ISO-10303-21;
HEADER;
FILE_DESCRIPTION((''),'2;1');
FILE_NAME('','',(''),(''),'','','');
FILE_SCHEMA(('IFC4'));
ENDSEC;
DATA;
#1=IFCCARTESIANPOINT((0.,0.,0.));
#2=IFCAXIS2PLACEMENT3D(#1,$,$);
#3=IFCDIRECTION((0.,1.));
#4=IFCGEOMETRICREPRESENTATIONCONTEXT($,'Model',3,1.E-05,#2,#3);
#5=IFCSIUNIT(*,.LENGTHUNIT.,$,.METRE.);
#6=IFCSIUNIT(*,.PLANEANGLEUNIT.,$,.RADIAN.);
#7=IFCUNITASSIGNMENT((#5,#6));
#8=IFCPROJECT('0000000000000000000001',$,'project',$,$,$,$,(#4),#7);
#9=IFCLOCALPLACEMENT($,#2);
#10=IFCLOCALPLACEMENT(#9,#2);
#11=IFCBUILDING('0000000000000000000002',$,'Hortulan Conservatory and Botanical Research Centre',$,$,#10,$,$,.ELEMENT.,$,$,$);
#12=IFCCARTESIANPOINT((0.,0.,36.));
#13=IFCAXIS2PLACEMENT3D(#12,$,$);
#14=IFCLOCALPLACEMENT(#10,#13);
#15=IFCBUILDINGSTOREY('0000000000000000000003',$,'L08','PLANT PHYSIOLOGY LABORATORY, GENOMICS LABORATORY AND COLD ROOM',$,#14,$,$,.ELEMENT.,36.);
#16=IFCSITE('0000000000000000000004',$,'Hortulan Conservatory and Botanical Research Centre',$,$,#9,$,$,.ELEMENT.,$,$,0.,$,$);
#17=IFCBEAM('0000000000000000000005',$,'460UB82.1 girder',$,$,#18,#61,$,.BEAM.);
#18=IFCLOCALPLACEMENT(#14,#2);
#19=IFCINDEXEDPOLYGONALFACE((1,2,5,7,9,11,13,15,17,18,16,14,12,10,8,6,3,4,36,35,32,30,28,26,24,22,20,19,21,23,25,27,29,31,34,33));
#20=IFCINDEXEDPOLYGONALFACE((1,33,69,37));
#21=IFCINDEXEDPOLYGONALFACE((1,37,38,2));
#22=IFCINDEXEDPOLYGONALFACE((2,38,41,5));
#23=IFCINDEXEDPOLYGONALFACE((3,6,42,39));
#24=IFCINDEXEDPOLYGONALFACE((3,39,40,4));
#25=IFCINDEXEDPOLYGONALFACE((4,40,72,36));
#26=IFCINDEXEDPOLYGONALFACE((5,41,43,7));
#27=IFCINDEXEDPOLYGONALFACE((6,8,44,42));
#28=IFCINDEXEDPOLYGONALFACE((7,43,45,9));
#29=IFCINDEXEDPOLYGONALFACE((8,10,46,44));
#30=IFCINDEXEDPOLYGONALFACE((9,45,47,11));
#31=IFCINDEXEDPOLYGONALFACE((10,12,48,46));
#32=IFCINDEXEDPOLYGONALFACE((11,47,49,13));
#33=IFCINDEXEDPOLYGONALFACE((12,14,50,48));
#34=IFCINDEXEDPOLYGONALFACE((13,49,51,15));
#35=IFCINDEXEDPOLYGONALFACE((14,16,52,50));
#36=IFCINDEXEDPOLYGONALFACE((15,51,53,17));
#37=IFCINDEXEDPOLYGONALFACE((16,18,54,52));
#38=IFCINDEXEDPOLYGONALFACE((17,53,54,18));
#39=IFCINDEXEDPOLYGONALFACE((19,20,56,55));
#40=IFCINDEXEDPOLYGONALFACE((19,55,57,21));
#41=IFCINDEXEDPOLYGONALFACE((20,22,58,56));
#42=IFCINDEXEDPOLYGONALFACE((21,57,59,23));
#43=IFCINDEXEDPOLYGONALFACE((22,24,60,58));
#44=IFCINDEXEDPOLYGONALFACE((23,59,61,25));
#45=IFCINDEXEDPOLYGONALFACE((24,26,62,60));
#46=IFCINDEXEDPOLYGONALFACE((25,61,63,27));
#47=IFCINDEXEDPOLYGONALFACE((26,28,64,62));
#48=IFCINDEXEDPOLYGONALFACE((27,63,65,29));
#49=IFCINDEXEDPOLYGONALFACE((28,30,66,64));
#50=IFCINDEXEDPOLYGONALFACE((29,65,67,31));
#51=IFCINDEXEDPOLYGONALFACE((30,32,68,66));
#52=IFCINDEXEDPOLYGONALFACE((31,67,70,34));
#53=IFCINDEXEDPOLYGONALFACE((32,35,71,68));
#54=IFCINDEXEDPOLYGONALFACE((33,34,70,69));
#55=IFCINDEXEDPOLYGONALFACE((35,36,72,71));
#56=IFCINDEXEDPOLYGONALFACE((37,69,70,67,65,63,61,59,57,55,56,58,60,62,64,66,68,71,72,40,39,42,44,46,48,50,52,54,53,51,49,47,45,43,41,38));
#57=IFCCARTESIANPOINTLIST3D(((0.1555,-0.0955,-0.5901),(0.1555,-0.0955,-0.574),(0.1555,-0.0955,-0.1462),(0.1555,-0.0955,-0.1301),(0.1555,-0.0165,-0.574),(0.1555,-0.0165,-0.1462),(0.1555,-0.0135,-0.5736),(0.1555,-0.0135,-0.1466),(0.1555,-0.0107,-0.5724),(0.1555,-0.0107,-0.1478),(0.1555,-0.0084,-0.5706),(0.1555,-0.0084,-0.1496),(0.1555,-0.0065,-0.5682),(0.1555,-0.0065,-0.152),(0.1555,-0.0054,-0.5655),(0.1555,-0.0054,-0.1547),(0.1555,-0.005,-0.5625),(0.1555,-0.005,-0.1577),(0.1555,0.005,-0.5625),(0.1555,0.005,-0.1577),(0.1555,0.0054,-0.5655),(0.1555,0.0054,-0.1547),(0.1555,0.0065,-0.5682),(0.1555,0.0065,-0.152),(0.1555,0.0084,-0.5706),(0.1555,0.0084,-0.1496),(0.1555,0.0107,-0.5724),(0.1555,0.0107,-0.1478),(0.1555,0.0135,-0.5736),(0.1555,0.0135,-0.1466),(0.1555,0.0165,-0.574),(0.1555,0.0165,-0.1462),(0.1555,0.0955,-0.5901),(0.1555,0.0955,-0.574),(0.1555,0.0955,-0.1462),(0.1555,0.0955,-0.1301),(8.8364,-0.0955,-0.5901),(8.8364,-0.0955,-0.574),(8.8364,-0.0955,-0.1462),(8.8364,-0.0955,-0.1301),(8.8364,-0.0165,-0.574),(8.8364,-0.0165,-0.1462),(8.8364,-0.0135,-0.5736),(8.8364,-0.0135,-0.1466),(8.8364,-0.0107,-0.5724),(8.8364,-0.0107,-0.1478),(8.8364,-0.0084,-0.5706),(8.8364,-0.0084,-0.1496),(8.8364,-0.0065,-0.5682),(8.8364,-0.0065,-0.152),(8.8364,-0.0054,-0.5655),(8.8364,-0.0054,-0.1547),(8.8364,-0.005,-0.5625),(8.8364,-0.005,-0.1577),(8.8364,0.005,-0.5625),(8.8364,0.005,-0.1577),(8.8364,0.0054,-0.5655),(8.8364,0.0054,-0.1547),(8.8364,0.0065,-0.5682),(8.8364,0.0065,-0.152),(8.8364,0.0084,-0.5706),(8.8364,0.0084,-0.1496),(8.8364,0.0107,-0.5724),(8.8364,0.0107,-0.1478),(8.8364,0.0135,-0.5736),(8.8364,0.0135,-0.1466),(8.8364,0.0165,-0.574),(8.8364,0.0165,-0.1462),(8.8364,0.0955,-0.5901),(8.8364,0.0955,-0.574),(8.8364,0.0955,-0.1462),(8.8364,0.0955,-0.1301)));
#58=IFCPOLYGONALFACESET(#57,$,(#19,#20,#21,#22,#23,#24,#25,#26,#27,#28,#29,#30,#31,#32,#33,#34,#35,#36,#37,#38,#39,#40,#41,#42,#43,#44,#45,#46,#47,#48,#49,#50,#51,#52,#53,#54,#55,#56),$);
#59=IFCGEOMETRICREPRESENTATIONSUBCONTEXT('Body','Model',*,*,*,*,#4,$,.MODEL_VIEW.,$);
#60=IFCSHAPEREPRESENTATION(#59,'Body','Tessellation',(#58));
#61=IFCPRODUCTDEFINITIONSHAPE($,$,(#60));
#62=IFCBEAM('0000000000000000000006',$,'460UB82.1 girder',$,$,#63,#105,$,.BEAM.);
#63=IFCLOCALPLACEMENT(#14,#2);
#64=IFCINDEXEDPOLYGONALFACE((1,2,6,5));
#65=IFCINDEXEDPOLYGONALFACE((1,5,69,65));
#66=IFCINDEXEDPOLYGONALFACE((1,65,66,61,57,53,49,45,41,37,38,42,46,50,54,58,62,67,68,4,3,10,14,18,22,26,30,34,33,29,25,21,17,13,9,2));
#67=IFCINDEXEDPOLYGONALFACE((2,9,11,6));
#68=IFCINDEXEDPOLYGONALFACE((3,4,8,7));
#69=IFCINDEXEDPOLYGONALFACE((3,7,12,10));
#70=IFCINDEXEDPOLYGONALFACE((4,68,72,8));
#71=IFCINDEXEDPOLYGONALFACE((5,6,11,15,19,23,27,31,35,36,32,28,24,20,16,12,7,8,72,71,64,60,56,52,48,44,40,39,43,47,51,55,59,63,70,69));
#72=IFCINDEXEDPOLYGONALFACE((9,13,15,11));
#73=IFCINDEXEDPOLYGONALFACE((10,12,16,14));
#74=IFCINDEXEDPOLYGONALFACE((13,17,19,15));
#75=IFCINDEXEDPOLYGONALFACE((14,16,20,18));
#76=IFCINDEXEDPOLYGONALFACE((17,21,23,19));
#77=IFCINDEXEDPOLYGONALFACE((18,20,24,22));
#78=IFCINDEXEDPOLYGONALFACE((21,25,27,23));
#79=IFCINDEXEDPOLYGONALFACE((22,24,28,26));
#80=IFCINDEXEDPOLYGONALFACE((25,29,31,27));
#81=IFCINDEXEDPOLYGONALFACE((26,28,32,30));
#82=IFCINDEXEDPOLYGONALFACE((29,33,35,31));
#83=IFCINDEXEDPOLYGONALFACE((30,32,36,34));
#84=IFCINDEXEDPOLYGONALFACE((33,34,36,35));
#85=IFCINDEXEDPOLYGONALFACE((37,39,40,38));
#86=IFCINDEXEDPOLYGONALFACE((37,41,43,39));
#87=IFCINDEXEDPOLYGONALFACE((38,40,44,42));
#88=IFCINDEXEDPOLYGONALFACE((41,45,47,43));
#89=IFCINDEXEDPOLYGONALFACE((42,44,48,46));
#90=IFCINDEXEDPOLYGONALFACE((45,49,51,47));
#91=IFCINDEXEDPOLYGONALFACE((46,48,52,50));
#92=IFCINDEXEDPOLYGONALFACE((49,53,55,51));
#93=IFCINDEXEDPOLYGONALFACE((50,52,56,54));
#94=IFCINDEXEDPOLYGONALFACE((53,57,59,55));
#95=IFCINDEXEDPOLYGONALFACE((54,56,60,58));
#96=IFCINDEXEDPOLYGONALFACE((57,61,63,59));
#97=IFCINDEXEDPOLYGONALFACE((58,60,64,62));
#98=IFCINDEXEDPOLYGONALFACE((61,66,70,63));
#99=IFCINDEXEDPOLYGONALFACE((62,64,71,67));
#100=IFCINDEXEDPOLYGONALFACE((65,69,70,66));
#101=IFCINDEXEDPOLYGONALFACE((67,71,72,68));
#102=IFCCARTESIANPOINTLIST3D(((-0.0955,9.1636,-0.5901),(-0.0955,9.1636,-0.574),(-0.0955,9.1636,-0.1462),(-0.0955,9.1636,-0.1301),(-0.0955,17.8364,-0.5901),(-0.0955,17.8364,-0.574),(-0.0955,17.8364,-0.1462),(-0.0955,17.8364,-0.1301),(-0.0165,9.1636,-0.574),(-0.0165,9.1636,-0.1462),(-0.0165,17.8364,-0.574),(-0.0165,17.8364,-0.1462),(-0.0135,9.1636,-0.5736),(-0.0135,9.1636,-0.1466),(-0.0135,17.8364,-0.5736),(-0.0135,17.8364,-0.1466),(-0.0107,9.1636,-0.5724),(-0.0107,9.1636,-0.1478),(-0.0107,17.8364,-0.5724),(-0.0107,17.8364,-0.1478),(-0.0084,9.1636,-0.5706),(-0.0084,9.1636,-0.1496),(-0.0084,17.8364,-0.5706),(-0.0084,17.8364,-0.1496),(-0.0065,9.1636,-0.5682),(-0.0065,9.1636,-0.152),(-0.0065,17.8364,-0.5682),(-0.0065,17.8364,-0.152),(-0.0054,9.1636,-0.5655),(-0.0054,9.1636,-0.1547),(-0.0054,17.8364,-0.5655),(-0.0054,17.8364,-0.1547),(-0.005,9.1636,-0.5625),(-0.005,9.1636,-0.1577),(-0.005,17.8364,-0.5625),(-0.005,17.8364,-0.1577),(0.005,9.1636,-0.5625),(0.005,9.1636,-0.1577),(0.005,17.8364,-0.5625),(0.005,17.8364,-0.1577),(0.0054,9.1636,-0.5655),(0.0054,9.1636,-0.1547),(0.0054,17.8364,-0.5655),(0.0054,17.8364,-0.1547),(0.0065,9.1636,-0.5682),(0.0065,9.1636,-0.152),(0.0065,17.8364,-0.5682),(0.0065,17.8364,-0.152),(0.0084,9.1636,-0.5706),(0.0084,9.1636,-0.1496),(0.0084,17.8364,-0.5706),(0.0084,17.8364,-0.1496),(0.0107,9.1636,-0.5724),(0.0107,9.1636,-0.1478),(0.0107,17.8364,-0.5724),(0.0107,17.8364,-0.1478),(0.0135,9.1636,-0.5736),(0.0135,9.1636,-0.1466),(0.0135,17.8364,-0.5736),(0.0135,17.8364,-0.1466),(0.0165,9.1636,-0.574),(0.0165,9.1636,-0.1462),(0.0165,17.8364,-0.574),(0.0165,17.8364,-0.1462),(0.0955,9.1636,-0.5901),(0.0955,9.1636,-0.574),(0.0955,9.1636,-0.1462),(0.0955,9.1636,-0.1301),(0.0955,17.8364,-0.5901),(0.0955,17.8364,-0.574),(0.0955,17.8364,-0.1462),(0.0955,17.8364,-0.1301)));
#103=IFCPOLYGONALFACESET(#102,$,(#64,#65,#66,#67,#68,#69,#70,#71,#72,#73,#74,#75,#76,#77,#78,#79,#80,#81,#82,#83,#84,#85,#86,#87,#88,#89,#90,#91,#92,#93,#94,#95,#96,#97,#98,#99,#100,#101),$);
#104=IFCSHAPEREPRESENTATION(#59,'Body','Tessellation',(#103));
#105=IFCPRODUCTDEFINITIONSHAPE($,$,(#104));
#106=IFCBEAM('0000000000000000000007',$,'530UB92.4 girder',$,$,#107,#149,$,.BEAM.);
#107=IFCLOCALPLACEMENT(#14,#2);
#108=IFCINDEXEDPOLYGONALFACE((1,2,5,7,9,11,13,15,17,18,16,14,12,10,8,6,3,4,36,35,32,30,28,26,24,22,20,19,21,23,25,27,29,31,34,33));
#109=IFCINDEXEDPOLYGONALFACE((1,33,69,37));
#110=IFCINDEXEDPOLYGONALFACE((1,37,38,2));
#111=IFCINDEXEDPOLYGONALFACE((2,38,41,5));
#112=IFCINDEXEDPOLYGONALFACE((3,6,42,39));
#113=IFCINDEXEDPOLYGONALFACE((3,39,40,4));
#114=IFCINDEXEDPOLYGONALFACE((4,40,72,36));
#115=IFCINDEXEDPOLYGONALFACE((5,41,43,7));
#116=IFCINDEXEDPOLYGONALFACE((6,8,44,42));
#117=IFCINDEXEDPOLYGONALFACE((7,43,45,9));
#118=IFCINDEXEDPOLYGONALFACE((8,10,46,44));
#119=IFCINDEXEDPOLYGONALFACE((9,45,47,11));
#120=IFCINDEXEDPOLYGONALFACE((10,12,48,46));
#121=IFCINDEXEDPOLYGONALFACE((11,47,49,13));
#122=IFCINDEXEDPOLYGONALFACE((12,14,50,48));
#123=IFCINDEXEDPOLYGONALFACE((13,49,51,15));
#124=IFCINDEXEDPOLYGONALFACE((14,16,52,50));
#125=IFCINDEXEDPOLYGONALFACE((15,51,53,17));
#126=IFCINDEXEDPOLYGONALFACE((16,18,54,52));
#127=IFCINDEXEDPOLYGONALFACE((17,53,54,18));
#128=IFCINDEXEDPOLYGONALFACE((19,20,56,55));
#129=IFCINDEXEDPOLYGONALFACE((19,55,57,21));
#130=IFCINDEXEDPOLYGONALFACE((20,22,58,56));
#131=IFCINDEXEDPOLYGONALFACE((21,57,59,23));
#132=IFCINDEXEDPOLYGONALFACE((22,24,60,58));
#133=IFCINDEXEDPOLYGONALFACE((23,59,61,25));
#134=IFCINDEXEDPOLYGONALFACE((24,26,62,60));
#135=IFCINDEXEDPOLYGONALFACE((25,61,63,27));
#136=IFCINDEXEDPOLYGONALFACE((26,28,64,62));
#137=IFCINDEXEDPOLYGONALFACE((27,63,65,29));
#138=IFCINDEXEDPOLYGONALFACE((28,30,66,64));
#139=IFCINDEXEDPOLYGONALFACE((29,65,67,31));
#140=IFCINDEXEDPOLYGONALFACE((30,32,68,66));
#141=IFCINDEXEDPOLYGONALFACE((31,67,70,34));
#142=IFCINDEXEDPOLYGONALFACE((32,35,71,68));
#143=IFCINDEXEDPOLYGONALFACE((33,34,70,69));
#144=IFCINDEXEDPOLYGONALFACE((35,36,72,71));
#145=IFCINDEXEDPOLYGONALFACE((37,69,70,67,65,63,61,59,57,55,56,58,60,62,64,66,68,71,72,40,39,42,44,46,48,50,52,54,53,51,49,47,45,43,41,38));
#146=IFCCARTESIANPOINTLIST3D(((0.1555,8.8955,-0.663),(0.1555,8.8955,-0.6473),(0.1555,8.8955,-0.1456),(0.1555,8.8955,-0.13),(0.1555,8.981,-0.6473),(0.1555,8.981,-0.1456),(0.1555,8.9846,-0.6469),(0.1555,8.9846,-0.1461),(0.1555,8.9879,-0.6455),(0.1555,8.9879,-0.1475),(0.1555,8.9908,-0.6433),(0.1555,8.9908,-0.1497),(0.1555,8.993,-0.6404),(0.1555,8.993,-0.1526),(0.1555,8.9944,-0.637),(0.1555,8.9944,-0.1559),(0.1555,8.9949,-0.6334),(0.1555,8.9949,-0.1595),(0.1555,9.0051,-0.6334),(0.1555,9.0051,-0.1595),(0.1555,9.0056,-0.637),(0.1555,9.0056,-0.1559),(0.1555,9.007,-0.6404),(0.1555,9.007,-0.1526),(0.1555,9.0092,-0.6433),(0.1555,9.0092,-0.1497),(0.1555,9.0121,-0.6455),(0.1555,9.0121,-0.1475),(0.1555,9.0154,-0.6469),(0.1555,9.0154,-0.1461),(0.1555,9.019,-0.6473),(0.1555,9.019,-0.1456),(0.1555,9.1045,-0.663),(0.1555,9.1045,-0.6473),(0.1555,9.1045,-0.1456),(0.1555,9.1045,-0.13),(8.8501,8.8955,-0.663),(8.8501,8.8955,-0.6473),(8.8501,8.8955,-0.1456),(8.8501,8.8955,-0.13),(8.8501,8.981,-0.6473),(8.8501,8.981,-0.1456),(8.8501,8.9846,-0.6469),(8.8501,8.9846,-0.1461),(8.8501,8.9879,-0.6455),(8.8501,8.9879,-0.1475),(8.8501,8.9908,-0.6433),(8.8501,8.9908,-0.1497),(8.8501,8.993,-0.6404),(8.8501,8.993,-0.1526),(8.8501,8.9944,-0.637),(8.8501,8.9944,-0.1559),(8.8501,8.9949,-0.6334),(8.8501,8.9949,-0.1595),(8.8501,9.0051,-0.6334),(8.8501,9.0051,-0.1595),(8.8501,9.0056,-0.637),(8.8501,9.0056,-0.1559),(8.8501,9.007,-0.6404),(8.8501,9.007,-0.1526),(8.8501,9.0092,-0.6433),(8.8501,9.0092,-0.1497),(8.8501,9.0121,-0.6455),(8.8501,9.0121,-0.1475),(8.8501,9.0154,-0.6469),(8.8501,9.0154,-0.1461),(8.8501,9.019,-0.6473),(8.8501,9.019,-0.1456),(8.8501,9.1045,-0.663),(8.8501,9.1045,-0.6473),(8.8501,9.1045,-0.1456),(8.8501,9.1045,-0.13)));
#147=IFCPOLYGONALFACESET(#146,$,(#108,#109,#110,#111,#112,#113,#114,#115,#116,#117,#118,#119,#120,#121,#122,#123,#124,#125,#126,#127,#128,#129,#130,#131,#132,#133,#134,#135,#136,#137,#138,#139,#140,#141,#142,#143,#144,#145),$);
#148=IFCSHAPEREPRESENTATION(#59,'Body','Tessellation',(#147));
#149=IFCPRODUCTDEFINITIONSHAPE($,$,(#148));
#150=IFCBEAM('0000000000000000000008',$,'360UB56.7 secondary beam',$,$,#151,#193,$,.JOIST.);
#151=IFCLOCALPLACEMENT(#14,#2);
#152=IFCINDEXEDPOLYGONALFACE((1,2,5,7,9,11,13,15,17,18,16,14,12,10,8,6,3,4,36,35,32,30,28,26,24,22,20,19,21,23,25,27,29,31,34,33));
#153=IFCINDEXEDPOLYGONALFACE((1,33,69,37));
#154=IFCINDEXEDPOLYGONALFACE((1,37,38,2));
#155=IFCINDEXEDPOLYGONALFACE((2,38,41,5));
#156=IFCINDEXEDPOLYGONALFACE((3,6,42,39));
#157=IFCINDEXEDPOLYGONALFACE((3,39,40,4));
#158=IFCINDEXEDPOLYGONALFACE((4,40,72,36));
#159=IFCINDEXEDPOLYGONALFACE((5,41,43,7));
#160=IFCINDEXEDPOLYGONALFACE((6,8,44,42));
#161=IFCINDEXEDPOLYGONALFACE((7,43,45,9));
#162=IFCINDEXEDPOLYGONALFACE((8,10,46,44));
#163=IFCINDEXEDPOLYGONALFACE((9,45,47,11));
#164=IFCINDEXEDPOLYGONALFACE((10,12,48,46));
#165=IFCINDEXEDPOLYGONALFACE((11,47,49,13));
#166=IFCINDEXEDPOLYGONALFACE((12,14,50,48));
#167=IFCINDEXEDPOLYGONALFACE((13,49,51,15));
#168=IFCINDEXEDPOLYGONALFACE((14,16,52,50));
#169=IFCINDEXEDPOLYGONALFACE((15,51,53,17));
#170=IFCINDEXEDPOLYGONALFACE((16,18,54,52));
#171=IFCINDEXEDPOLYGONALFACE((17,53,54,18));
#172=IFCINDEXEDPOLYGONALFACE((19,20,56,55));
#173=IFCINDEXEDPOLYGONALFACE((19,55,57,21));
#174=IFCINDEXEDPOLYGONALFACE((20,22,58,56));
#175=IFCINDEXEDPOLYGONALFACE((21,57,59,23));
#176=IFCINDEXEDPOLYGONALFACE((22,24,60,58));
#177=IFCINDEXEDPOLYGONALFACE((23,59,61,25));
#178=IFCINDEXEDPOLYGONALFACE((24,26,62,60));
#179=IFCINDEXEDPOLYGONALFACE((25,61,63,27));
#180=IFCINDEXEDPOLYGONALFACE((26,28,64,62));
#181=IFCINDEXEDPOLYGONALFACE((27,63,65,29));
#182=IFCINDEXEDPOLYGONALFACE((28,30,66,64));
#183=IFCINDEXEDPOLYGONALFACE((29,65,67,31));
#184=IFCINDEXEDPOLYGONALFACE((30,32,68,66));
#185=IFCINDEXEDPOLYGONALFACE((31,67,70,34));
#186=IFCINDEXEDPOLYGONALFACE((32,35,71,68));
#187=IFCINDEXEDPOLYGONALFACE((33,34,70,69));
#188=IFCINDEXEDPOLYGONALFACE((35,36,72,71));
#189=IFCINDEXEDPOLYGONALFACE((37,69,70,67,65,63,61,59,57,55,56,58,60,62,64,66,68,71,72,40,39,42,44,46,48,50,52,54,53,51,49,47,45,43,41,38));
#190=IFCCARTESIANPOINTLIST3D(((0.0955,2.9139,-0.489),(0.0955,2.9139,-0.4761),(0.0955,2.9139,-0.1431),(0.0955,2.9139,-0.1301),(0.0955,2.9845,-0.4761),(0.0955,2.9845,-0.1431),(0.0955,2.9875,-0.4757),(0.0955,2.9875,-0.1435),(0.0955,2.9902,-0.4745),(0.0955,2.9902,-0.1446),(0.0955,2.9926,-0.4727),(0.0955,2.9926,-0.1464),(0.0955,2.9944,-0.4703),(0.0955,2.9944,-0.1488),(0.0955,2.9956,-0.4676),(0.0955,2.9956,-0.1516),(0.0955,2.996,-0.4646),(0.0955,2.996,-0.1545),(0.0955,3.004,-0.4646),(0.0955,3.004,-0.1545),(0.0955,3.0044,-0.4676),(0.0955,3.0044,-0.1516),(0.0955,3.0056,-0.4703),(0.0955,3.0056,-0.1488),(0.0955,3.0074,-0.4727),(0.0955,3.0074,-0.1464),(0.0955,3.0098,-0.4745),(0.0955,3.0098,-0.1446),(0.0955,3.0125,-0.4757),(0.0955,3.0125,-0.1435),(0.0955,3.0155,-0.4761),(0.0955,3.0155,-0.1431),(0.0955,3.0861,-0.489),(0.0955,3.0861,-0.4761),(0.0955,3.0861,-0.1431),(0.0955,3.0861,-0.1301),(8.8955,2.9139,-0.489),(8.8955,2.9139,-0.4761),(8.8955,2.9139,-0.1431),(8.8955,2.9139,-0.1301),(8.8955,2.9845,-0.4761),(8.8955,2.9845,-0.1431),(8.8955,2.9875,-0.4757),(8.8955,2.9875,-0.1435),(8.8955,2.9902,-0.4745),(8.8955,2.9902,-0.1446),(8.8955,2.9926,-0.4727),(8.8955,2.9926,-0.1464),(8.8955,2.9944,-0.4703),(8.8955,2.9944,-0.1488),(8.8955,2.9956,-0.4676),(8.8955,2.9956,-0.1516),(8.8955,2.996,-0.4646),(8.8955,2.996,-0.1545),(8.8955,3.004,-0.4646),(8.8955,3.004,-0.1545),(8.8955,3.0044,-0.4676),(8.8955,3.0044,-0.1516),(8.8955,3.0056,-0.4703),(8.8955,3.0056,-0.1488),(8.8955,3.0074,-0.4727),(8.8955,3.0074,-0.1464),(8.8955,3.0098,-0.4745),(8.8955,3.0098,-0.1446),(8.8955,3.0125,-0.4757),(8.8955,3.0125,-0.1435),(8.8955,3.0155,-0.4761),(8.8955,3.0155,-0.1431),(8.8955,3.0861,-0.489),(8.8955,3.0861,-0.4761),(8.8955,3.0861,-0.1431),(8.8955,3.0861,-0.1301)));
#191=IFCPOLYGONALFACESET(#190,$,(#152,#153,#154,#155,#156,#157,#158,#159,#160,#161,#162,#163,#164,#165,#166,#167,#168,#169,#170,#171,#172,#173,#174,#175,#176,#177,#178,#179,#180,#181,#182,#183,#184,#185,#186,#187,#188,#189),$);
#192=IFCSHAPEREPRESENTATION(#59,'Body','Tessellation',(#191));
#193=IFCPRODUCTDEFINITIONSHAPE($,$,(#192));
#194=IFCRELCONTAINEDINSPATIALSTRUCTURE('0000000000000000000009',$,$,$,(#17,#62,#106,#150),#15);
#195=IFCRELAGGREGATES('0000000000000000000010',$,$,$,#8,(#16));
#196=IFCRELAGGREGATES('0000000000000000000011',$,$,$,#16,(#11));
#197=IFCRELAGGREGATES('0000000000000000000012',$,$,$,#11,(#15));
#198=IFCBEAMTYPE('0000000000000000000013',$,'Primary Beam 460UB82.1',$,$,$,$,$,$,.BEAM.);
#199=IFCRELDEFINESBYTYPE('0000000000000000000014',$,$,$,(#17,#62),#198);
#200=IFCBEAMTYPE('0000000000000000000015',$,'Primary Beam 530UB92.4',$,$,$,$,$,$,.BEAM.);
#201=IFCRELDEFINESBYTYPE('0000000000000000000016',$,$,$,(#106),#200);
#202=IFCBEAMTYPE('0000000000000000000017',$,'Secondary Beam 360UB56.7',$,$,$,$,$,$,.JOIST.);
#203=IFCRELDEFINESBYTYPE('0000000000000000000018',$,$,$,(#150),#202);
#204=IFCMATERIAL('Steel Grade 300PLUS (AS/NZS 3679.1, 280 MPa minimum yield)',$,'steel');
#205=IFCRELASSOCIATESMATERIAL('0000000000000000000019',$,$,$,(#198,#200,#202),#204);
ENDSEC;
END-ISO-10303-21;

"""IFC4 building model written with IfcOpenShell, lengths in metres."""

from ifc_helpers import new_model, si_unit, direction, frame, origin, origin_2d, place, context, subcontext, project, spatial, i_section, extrude, material, material_profile, profile_set, type_object, element, save


model = new_model("IFC4")

# Units and contexts
model_context = context("Model", 3, precision=1e-05, world=origin(), true_north=direction((0.0, 1.0)))
body_context = subcontext(model_context, "Body", "Model", "MODEL_VIEW")
ifc_project = project(units=[si_unit("LENGTHUNIT", "METRE"), si_unit("PLANEANGLEUNIT", "RADIAN")], contexts=[model_context])

# Site, building, storey
site_placement = place(None, origin())
site = spatial("IfcSite", under=ifc_project, at=site_placement, Name="Hortulan Conservatory and Botanical Research Centre", CompositionType="ELEMENT", RefElevation=0.0)
building_placement = place(site_placement, origin())
building = spatial("IfcBuilding", under=site, at=building_placement, Name="Hortulan Conservatory and Botanical Research Centre", CompositionType="ELEMENT")
storey_placement = place(building_placement, frame((0.0, 0.0, 36.0)))
storey = spatial("IfcBuildingStorey", under=building, at=storey_placement, Name="L08", Description="PLANT PHYSIOLOGY LABORATORY, GENOMICS LABORATORY AND COLD ROOM", CompositionType="ELEMENT", Elevation=36.0)

# Shared definitions
ifc_material_1 = material(Name="Steel Grade 300PLUS (AS/NZS 3679.1, 280 MPa minimum yield)", Category="steel")

# Beams
ifc_material_profile_1 = material_profile(ifc_material_1, i_section(OverallWidth=0.1909, OverallDepth=0.46, WebThickness=0.01, FlangeThickness=0.0161, FilletRadius=0.0115, at=origin_2d()), Name="460UB82.1")
ifc_profile_set_1 = profile_set([ifc_material_profile_1], Name="Steel Grade 300PLUS (AS/NZS 3679.1, 280 MPa minimum yield)")
beam_type_1 = type_object("IfcBeamType", Name="Primary Beam 460UB82.1", PredefinedType="BEAM", material=ifc_profile_set_1)
beam_1_placement = place(storey_placement, frame((0.1555, 0.0, -0.3601), z_axis=(1.0, 0.0, 0.0), x_axis=(0.0, 1.0, 0.0)))
element("IfcBeam", 1, at=beam_1_placement, inside=storey, type_object=beam_type_1, Name="460UB82.1 girder", PredefinedType="BEAM", context=body_context, shape_type="SweptSolid", body=[
    extrude(i_section(OverallWidth=0.1909, OverallDepth=0.46, WebThickness=0.01, FlangeThickness=0.0161, FilletRadius=0.0115, at=origin_2d()), origin(), (0.0, 0.0, 1.0), 8.6809),
])
beam_2_placement = place(storey_placement, frame((0.0, 9.1636, -0.3601), z_axis=(0.0, 1.0, 0.0), x_axis=(-1.0, 0.0, 0.0)))
element("IfcBeam", 2, at=beam_2_placement, inside=storey, type_object=beam_type_1, Name="460UB82.1 girder", PredefinedType="BEAM", context=body_context, shape_type="SweptSolid", body=[
    extrude(i_section(OverallWidth=0.1909, OverallDepth=0.46, WebThickness=0.01, FlangeThickness=0.0161, FilletRadius=0.0115, at=origin_2d()), origin(), (0.0, 0.0, 1.0), 8.6729),
])
ifc_material_profile_2 = material_profile(ifc_material_1, i_section(OverallWidth=0.209, OverallDepth=0.533, WebThickness=0.0103, FlangeThickness=0.0156, FilletRadius=0.0139, at=origin_2d()), Name="530UB92.4")
ifc_profile_set_2 = profile_set([ifc_material_profile_2], Name="Steel Grade 300PLUS (AS/NZS 3679.1, 280 MPa minimum yield)")
beam_type_2 = type_object("IfcBeamType", Name="Primary Beam 530UB92.4", PredefinedType="BEAM", material=ifc_profile_set_2)
beam_3_placement = place(storey_placement, frame((0.1555, 9.0, -0.3965), z_axis=(1.0, 0.0, 0.0), x_axis=(0.0, 1.0, 0.0)))
element("IfcBeam", 3, at=beam_3_placement, inside=storey, type_object=beam_type_2, Name="530UB92.4 girder", PredefinedType="BEAM", context=body_context, shape_type="SweptSolid", body=[
    extrude(i_section(OverallWidth=0.209, OverallDepth=0.533, WebThickness=0.0103, FlangeThickness=0.0156, FilletRadius=0.0139, at=origin_2d()), origin(), (0.0, 0.0, 1.0), 8.6946),
])
ifc_material_profile_3 = material_profile(ifc_material_1, i_section(OverallWidth=0.1721, OverallDepth=0.3589, WebThickness=0.0081, FlangeThickness=0.0129, FilletRadius=0.0115, at=origin_2d()), Name="360UB56.7")
ifc_profile_set_3 = profile_set([ifc_material_profile_3], Name="Steel Grade 300PLUS (AS/NZS 3679.1, 280 MPa minimum yield)")
beam_type_3 = type_object("IfcBeamType", Name="Secondary Beam 360UB56.7", PredefinedType="JOIST", material=ifc_profile_set_3)
for number, where, z_axis, x_axis, name in (
    (4, (0.0955, 3.0, -0.3096), (1.0, 0.0, 0.0), (0.0, 1.0, 0.0), "360UB56.7 secondary beam"),
):
    element("IfcBeam", number, at=place(storey_placement, frame(where, z_axis=z_axis, x_axis=x_axis)), inside=storey, type_object=beam_type_3, Name=name, PredefinedType="JOIST", context=body_context, shape_type="SweptSolid", body=[
        extrude(i_section(OverallWidth=0.1721, OverallDepth=0.3589, WebThickness=0.0081, FlangeThickness=0.0129, FilletRadius=0.0115, at=origin_2d()), origin(), (0.0, 0.0, 1.0), 8.8),
    ])

save(model, "model.ifc")
